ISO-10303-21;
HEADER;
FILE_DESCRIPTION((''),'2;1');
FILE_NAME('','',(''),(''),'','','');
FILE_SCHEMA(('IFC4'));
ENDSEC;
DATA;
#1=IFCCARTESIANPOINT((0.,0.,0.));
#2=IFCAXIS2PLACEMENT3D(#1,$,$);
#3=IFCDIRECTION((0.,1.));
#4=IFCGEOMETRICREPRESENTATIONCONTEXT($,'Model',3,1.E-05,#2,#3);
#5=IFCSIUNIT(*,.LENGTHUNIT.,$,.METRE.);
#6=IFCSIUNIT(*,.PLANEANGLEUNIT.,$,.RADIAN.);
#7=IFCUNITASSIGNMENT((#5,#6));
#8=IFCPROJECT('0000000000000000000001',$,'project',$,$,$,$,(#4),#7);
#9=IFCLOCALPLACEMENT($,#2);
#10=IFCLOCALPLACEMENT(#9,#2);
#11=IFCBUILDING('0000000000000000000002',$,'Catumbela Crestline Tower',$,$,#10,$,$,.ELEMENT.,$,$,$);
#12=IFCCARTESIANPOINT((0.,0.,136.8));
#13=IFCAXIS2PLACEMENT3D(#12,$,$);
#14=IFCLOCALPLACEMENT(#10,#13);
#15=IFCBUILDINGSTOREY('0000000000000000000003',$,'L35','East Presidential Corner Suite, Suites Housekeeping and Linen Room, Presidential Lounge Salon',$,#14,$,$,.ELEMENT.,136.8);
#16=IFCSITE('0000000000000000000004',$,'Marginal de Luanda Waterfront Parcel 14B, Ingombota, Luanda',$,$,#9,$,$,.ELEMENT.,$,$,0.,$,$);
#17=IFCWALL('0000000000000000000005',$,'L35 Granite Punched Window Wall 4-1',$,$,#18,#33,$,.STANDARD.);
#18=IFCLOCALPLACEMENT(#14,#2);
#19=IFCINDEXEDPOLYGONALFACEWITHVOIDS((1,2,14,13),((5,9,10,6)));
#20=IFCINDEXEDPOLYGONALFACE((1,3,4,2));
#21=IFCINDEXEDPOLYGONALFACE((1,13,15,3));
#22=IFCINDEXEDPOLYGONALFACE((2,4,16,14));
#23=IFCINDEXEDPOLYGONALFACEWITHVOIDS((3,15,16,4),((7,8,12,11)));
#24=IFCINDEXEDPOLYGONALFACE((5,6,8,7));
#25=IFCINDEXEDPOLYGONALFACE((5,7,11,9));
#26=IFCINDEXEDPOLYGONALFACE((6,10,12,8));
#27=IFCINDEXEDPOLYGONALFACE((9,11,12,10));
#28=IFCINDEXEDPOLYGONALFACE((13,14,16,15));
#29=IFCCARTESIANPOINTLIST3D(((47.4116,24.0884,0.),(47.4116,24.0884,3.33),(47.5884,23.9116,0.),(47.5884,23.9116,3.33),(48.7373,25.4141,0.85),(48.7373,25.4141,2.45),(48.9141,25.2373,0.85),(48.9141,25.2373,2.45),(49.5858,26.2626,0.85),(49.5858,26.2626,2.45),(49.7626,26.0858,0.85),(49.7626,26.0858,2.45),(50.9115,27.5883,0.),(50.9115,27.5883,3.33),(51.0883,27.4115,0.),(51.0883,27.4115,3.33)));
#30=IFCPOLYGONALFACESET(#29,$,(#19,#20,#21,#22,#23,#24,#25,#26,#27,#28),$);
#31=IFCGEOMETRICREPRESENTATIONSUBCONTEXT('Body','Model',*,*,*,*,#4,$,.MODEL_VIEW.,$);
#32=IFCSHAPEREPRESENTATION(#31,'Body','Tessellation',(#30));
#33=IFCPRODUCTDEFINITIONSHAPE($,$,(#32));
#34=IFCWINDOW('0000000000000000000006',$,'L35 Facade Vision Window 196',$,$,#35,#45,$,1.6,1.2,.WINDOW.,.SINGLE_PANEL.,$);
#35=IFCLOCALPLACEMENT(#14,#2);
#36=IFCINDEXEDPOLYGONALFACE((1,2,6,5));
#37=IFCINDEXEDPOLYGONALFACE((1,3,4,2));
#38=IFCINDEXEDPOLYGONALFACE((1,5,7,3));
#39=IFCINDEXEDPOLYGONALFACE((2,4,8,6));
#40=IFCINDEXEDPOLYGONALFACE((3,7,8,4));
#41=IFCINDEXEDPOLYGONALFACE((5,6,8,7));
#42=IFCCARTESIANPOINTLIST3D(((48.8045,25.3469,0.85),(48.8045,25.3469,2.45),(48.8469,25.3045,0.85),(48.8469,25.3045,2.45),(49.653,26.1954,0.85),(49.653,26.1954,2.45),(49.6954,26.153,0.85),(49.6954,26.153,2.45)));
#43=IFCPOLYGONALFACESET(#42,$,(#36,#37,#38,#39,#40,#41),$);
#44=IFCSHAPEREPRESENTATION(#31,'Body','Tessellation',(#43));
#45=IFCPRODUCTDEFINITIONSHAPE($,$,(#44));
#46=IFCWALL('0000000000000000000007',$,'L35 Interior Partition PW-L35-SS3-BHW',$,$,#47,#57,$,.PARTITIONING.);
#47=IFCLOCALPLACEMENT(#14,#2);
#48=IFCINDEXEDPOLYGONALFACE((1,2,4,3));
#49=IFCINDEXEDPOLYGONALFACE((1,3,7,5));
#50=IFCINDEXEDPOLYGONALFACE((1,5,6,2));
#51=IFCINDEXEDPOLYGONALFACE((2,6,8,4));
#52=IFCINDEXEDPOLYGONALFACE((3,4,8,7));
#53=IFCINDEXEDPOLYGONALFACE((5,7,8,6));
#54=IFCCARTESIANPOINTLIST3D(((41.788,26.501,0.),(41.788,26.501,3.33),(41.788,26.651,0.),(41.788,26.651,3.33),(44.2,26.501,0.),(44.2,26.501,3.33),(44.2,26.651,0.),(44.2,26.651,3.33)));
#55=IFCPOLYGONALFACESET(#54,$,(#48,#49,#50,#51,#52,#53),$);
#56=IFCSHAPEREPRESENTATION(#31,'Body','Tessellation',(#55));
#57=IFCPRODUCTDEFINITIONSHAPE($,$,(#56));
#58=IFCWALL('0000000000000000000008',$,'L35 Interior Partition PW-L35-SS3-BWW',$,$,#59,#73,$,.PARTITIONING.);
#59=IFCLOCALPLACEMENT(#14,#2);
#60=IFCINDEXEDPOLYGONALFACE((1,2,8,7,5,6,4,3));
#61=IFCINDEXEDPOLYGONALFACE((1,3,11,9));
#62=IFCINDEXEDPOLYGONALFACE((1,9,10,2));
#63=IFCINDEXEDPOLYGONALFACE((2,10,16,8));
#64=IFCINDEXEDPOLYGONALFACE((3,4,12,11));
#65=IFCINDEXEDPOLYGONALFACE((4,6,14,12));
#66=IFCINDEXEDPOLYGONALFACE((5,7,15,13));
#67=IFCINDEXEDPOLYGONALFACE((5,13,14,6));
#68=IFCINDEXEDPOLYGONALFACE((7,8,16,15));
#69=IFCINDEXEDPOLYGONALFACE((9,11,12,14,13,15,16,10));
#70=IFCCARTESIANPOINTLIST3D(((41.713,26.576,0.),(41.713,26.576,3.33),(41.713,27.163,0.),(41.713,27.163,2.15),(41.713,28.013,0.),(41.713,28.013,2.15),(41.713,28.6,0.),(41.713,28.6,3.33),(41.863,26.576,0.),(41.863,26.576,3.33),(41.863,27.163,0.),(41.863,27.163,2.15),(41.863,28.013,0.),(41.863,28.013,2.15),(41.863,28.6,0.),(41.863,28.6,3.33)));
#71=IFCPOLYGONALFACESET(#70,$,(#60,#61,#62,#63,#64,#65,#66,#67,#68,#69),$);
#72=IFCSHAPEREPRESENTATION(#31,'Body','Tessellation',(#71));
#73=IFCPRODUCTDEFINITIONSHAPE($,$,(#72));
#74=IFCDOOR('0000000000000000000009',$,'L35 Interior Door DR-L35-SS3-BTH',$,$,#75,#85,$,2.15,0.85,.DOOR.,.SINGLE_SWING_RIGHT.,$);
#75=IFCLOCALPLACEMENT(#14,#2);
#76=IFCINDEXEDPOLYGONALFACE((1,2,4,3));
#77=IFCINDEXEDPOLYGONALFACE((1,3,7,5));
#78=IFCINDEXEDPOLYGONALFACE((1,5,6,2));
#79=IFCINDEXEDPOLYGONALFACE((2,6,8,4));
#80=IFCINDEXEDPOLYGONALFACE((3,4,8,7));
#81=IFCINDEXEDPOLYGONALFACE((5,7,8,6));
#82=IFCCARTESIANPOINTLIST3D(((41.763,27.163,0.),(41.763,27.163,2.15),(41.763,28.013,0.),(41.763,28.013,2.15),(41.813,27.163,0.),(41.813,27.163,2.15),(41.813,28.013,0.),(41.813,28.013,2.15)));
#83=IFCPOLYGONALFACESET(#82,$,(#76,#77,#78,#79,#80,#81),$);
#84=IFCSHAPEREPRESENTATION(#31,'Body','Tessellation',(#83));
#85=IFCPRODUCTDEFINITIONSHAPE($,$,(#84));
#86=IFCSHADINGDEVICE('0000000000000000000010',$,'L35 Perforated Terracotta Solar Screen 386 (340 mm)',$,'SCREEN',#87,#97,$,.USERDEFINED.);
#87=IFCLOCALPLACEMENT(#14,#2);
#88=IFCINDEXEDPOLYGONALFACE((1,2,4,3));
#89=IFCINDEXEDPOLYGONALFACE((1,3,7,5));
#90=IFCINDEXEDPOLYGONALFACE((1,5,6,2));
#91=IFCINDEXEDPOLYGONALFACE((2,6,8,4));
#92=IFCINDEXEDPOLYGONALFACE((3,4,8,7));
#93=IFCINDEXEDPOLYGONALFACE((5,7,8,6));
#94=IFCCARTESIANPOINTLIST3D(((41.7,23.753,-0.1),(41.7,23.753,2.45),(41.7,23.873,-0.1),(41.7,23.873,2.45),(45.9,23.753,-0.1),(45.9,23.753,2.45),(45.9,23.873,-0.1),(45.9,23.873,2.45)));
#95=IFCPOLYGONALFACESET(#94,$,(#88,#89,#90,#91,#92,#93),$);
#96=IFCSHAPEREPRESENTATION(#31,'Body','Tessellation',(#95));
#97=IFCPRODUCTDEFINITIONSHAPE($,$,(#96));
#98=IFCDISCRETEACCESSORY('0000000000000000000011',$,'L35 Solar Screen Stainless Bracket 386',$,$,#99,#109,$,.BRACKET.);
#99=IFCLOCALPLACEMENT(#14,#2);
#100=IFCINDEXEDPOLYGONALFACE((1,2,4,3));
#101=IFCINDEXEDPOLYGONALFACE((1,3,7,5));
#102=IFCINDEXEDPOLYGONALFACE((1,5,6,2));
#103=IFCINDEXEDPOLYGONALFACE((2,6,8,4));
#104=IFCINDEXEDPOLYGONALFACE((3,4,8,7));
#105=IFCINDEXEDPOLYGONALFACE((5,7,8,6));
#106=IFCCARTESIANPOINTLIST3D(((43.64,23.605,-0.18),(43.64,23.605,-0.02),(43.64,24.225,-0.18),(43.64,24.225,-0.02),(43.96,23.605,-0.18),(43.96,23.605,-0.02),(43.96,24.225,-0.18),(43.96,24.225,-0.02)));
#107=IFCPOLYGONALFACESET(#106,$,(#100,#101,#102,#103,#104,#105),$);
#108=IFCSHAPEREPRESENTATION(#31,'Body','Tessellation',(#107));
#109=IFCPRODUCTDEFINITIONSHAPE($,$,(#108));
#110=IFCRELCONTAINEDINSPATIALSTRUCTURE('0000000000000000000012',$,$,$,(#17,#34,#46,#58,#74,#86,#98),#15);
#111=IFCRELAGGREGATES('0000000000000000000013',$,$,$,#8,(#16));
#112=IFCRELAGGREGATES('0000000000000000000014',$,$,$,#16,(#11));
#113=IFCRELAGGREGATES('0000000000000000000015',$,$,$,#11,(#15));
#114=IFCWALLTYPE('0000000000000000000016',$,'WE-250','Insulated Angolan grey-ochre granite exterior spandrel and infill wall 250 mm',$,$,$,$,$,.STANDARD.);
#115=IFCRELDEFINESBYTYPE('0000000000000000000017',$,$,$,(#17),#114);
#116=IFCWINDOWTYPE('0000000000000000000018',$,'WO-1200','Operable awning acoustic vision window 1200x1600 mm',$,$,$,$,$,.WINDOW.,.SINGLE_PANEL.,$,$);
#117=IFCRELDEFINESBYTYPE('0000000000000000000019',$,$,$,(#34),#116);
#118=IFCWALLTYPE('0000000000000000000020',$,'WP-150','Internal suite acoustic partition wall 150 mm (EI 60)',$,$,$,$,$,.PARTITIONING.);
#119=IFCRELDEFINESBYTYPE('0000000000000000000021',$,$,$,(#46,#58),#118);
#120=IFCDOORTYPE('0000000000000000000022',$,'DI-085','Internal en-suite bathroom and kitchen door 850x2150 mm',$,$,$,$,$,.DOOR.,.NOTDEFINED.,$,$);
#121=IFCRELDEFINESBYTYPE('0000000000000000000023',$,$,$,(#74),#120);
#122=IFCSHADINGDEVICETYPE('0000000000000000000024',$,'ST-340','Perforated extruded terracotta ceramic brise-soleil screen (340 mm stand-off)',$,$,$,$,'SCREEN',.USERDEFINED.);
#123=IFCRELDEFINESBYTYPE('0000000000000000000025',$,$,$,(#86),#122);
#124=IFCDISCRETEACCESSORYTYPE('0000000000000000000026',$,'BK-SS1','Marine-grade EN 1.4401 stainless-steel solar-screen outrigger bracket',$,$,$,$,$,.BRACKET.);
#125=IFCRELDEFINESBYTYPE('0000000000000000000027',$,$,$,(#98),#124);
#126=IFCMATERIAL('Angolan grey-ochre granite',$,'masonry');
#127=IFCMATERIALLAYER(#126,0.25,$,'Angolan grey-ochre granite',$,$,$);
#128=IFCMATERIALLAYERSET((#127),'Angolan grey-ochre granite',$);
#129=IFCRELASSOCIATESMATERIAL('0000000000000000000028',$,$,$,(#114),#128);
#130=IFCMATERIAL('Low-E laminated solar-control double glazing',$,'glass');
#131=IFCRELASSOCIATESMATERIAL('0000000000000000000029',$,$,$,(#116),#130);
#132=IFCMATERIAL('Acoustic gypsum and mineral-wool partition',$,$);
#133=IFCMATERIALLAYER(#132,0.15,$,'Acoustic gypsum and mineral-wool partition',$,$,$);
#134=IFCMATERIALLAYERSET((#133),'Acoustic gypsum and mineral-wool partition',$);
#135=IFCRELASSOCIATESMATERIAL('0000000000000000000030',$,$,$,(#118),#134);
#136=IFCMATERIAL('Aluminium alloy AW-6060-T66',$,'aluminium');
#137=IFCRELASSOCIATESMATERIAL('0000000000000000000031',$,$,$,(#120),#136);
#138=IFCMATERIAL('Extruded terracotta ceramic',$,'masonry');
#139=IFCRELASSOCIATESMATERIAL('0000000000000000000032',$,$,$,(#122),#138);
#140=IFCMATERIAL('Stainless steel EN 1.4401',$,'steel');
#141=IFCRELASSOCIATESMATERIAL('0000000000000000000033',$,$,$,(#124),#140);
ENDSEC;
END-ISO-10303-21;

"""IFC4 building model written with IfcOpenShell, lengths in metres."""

from ifc_helpers import new_model, si_unit, direction, frame, frame_2d, origin, origin_2d, place, context, subcontext, project, spatial, rectangle, extrude, material, layer, layer_set, type_object, element, fill, save


model = new_model("IFC4")

# Units and contexts
model_context = context("Model", 3, precision=1e-05, world=origin(), true_north=direction((0.0, 1.0)))
body_context = subcontext(model_context, "Body", "Model", "MODEL_VIEW")
ifc_project = project(units=[si_unit("LENGTHUNIT", "METRE"), si_unit("PLANEANGLEUNIT", "RADIAN")], contexts=[model_context])

# Site, building, storey
site_placement = place(None, origin())
site = spatial("IfcSite", under=ifc_project, at=site_placement, Name="Marginal de Luanda Waterfront Parcel 14B, Ingombota, Luanda", CompositionType="ELEMENT", RefElevation=0.0)
building_placement = place(site_placement, origin())
building = spatial("IfcBuilding", under=site, at=building_placement, Name="Catumbela Crestline Tower", CompositionType="ELEMENT")
storey_placement = place(building_placement, frame((0.0, 0.0, 136.8)))
storey = spatial("IfcBuildingStorey", under=building, at=storey_placement, Name="L35", Description="East Presidential Corner Suite, Suites Housekeeping and Linen Room, Presidential Lounge Salon", CompositionType="ELEMENT", Elevation=136.8)

# Shared definitions
ifc_material_1 = material(Name="Aluminium alloy AW-6060-T66", Category="aluminium")

# Shared definitions
ifc_material_2 = material(Name="Low-E laminated solar-control double glazing", Category="glass")

# Wall, opening, window
ifc_material_3 = material(Name="Angolan grey-ochre granite", Category="masonry")
ifc_layer_1 = layer(ifc_material_3, 0.25, Name="Angolan grey-ochre granite")
ifc_layer_set_1 = layer_set([ifc_layer_1], Name="Angolan grey-ochre granite")
wall_type_1 = type_object("IfcWallType", Name="WE-250", Description="Insulated Angolan grey-ochre granite exterior spandrel and infill wall 250 mm", PredefinedType="STANDARD", material=ifc_layer_set_1)
wall_1_placement = place(storey_placement, frame((47.5, 24.0, 0.0), z_axis=(0.0, 0.0, 1.0), x_axis=(0.707107, 0.707107, 0.0)))
wall_1 = element("IfcWall", 1, at=wall_1_placement, inside=storey, type_object=wall_type_1, Name="L35 Granite Punched Window Wall 4-1", PredefinedType="STANDARD", context=body_context, shape_type="SweptSolid", body=[
    extrude(rectangle(XDim=4.9497, YDim=0.25, at=frame_2d((2.4748, 0.0))), origin(), (0.0, 0.0, 1.0), 3.33),
])
opening_1_placement = place(wall_1_placement, frame((1.8748, 0.0, 0.85)))
opening_1 = element("IfcOpeningElement", 2, at=opening_1_placement, cuts=wall_1, PredefinedType="OPENING", context=body_context, shape_type="SweptSolid", body=[
    extrude(rectangle(XDim=1.2, YDim=1.6, at=frame_2d((0.6, 0.8))), frame((0.0, 0.135, 0.0), z_axis=(0.0, -1.0, 0.0), x_axis=(1.0, 0.0, 0.0)), (0.0, 0.0, 1.0), 0.27),
])
window_type = type_object("IfcWindowType", Name="WO-1200", Description="Operable awning acoustic vision window 1200x1600 mm", PartitioningType="SINGLE_PANEL", PredefinedType="WINDOW", material=ifc_material_2)
window_placement = place(opening_1_placement, origin())
window = element("IfcWindow", 3, at=window_placement, inside=storey, type_object=window_type, Name="L35 Facade Vision Window 196", OverallHeight=1.6, OverallWidth=1.2, PartitioningType="SINGLE_PANEL", PredefinedType="WINDOW", context=body_context, shape_type="SweptSolid", body=[
    extrude(rectangle(XDim=1.2, YDim=1.6, at=frame_2d((0.6, 0.8))), frame((0.0, 0.03, 0.0), z_axis=(0.0, -1.0, 0.0), x_axis=(1.0, 0.0, 0.0)), (0.0, 0.0, 1.0), 0.06),
])
fill(opening_1, window)

# Wall
ifc_material_4 = material(Name="Acoustic gypsum and mineral-wool partition")
ifc_layer_2 = layer(ifc_material_4, 0.15, Name="Acoustic gypsum and mineral-wool partition")
ifc_layer_set_2 = layer_set([ifc_layer_2], Name="Acoustic gypsum and mineral-wool partition")
wall_type_2 = type_object("IfcWallType", Name="WP-150", Description="Internal suite acoustic partition wall 150 mm (EI 60)", PredefinedType="PARTITIONING", material=ifc_layer_set_2)
wall_2_placement = place(storey_placement, frame((41.788, 26.576, 0.0), z_axis=(0.0, 0.0, 1.0), x_axis=(1.0, 0.0, 0.0)))
element("IfcWall", 4, at=wall_2_placement, inside=storey, type_object=wall_type_2, Name="L35 Interior Partition PW-L35-SS3-BHW", PredefinedType="PARTITIONING", context=body_context, shape_type="SweptSolid", body=[
    extrude(rectangle(XDim=2.412, YDim=0.15, at=frame_2d((1.206, 0.0))), origin(), (0.0, 0.0, 1.0), 3.33),
])

# Wall, opening, door
wall_3_placement = place(storey_placement, frame((41.788, 26.576, 0.0), z_axis=(0.0, 0.0, 1.0), x_axis=(0.0, 1.0, 0.0)))
wall_3 = element("IfcWall", 5, at=wall_3_placement, inside=storey, type_object=wall_type_2, Name="L35 Interior Partition PW-L35-SS3-BWW", PredefinedType="PARTITIONING", context=body_context, shape_type="SweptSolid", body=[
    extrude(rectangle(XDim=2.024, YDim=0.15, at=frame_2d((1.012, 0.0))), origin(), (0.0, 0.0, 1.0), 3.33),
])
opening_2_placement = place(wall_3_placement, frame((0.587, 0.0, 0.0)))
opening_2 = element("IfcOpeningElement", 6, at=opening_2_placement, cuts=wall_3, PredefinedType="OPENING", context=body_context, shape_type="SweptSolid", body=[
    extrude(rectangle(XDim=0.85, YDim=2.15, at=frame_2d((0.425, 1.075))), frame((0.0, 0.085, 0.0), z_axis=(0.0, -1.0, 0.0), x_axis=(1.0, 0.0, 0.0)), (0.0, 0.0, 1.0), 0.17),
])
door_type = type_object("IfcDoorType", Name="DI-085", Description="Internal en-suite bathroom and kitchen door 850x2150 mm", OperationType="NOTDEFINED", PredefinedType="DOOR", material=ifc_material_1)
door_placement = place(opening_2_placement, origin())
door = element("IfcDoor", 7, at=door_placement, inside=storey, type_object=door_type, Name="L35 Interior Door DR-L35-SS3-BTH", OperationType="SINGLE_SWING_RIGHT", OverallHeight=2.15, OverallWidth=0.85, PredefinedType="DOOR", context=body_context, shape_type="SweptSolid", body=[
    extrude(rectangle(XDim=0.85, YDim=2.15, at=frame_2d((0.425, 1.075))), frame((0.0, 0.025, 0.0), z_axis=(0.0, -1.0, 0.0), x_axis=(1.0, 0.0, 0.0)), (0.0, 0.0, 1.0), 0.05),
])
fill(opening_2, door)

# Shading device
ifc_material_5 = material(Name="Extruded terracotta ceramic", Category="masonry")
shading_device_type = type_object("IfcShadingDeviceType", Name="ST-340", Description="Perforated extruded terracotta ceramic brise-soleil screen (340 mm stand-off)", ElementType="SCREEN", PredefinedType="USERDEFINED", material=ifc_material_5)
shading_device_placement = place(storey_placement, frame((43.8, 23.813, -0.1), z_axis=(0.0, 0.0, 1.0), x_axis=(1.0, 0.0, 0.0)))
element("IfcShadingDevice", 8, at=shading_device_placement, inside=storey, type_object=shading_device_type, Name="L35 Perforated Terracotta Solar Screen 386 (340 mm)", ObjectType="SCREEN", PredefinedType="USERDEFINED", context=body_context, shape_type="SweptSolid", body=[
    extrude(rectangle(XDim=4.2, YDim=0.12, at=origin_2d()), origin(), (0.0, 0.0, 1.0), 2.55),
])

# Discrete accessory
ifc_material_6 = material(Name="Stainless steel EN 1.4401", Category="steel")
discrete_accessory_type = type_object("IfcDiscreteAccessoryType", Name="BK-SS1", Description="Marine-grade EN 1.4401 stainless-steel solar-screen outrigger bracket", PredefinedType="BRACKET", material=ifc_material_6)
discrete_accessory_placement = place(storey_placement, frame((43.8, 23.915, -0.18), z_axis=(0.0, 0.0, 1.0), x_axis=(1.0, 0.0, 0.0)))
element("IfcDiscreteAccessory", 9, at=discrete_accessory_placement, inside=storey, type_object=discrete_accessory_type, Name="L35 Solar Screen Stainless Bracket 386", PredefinedType="BRACKET", context=body_context, shape_type="SweptSolid", body=[
    extrude(rectangle(XDim=0.32, YDim=0.62, at=origin_2d()), origin(), (0.0, 0.0, 1.0), 0.16),
])

save(model, "model.ifc")
